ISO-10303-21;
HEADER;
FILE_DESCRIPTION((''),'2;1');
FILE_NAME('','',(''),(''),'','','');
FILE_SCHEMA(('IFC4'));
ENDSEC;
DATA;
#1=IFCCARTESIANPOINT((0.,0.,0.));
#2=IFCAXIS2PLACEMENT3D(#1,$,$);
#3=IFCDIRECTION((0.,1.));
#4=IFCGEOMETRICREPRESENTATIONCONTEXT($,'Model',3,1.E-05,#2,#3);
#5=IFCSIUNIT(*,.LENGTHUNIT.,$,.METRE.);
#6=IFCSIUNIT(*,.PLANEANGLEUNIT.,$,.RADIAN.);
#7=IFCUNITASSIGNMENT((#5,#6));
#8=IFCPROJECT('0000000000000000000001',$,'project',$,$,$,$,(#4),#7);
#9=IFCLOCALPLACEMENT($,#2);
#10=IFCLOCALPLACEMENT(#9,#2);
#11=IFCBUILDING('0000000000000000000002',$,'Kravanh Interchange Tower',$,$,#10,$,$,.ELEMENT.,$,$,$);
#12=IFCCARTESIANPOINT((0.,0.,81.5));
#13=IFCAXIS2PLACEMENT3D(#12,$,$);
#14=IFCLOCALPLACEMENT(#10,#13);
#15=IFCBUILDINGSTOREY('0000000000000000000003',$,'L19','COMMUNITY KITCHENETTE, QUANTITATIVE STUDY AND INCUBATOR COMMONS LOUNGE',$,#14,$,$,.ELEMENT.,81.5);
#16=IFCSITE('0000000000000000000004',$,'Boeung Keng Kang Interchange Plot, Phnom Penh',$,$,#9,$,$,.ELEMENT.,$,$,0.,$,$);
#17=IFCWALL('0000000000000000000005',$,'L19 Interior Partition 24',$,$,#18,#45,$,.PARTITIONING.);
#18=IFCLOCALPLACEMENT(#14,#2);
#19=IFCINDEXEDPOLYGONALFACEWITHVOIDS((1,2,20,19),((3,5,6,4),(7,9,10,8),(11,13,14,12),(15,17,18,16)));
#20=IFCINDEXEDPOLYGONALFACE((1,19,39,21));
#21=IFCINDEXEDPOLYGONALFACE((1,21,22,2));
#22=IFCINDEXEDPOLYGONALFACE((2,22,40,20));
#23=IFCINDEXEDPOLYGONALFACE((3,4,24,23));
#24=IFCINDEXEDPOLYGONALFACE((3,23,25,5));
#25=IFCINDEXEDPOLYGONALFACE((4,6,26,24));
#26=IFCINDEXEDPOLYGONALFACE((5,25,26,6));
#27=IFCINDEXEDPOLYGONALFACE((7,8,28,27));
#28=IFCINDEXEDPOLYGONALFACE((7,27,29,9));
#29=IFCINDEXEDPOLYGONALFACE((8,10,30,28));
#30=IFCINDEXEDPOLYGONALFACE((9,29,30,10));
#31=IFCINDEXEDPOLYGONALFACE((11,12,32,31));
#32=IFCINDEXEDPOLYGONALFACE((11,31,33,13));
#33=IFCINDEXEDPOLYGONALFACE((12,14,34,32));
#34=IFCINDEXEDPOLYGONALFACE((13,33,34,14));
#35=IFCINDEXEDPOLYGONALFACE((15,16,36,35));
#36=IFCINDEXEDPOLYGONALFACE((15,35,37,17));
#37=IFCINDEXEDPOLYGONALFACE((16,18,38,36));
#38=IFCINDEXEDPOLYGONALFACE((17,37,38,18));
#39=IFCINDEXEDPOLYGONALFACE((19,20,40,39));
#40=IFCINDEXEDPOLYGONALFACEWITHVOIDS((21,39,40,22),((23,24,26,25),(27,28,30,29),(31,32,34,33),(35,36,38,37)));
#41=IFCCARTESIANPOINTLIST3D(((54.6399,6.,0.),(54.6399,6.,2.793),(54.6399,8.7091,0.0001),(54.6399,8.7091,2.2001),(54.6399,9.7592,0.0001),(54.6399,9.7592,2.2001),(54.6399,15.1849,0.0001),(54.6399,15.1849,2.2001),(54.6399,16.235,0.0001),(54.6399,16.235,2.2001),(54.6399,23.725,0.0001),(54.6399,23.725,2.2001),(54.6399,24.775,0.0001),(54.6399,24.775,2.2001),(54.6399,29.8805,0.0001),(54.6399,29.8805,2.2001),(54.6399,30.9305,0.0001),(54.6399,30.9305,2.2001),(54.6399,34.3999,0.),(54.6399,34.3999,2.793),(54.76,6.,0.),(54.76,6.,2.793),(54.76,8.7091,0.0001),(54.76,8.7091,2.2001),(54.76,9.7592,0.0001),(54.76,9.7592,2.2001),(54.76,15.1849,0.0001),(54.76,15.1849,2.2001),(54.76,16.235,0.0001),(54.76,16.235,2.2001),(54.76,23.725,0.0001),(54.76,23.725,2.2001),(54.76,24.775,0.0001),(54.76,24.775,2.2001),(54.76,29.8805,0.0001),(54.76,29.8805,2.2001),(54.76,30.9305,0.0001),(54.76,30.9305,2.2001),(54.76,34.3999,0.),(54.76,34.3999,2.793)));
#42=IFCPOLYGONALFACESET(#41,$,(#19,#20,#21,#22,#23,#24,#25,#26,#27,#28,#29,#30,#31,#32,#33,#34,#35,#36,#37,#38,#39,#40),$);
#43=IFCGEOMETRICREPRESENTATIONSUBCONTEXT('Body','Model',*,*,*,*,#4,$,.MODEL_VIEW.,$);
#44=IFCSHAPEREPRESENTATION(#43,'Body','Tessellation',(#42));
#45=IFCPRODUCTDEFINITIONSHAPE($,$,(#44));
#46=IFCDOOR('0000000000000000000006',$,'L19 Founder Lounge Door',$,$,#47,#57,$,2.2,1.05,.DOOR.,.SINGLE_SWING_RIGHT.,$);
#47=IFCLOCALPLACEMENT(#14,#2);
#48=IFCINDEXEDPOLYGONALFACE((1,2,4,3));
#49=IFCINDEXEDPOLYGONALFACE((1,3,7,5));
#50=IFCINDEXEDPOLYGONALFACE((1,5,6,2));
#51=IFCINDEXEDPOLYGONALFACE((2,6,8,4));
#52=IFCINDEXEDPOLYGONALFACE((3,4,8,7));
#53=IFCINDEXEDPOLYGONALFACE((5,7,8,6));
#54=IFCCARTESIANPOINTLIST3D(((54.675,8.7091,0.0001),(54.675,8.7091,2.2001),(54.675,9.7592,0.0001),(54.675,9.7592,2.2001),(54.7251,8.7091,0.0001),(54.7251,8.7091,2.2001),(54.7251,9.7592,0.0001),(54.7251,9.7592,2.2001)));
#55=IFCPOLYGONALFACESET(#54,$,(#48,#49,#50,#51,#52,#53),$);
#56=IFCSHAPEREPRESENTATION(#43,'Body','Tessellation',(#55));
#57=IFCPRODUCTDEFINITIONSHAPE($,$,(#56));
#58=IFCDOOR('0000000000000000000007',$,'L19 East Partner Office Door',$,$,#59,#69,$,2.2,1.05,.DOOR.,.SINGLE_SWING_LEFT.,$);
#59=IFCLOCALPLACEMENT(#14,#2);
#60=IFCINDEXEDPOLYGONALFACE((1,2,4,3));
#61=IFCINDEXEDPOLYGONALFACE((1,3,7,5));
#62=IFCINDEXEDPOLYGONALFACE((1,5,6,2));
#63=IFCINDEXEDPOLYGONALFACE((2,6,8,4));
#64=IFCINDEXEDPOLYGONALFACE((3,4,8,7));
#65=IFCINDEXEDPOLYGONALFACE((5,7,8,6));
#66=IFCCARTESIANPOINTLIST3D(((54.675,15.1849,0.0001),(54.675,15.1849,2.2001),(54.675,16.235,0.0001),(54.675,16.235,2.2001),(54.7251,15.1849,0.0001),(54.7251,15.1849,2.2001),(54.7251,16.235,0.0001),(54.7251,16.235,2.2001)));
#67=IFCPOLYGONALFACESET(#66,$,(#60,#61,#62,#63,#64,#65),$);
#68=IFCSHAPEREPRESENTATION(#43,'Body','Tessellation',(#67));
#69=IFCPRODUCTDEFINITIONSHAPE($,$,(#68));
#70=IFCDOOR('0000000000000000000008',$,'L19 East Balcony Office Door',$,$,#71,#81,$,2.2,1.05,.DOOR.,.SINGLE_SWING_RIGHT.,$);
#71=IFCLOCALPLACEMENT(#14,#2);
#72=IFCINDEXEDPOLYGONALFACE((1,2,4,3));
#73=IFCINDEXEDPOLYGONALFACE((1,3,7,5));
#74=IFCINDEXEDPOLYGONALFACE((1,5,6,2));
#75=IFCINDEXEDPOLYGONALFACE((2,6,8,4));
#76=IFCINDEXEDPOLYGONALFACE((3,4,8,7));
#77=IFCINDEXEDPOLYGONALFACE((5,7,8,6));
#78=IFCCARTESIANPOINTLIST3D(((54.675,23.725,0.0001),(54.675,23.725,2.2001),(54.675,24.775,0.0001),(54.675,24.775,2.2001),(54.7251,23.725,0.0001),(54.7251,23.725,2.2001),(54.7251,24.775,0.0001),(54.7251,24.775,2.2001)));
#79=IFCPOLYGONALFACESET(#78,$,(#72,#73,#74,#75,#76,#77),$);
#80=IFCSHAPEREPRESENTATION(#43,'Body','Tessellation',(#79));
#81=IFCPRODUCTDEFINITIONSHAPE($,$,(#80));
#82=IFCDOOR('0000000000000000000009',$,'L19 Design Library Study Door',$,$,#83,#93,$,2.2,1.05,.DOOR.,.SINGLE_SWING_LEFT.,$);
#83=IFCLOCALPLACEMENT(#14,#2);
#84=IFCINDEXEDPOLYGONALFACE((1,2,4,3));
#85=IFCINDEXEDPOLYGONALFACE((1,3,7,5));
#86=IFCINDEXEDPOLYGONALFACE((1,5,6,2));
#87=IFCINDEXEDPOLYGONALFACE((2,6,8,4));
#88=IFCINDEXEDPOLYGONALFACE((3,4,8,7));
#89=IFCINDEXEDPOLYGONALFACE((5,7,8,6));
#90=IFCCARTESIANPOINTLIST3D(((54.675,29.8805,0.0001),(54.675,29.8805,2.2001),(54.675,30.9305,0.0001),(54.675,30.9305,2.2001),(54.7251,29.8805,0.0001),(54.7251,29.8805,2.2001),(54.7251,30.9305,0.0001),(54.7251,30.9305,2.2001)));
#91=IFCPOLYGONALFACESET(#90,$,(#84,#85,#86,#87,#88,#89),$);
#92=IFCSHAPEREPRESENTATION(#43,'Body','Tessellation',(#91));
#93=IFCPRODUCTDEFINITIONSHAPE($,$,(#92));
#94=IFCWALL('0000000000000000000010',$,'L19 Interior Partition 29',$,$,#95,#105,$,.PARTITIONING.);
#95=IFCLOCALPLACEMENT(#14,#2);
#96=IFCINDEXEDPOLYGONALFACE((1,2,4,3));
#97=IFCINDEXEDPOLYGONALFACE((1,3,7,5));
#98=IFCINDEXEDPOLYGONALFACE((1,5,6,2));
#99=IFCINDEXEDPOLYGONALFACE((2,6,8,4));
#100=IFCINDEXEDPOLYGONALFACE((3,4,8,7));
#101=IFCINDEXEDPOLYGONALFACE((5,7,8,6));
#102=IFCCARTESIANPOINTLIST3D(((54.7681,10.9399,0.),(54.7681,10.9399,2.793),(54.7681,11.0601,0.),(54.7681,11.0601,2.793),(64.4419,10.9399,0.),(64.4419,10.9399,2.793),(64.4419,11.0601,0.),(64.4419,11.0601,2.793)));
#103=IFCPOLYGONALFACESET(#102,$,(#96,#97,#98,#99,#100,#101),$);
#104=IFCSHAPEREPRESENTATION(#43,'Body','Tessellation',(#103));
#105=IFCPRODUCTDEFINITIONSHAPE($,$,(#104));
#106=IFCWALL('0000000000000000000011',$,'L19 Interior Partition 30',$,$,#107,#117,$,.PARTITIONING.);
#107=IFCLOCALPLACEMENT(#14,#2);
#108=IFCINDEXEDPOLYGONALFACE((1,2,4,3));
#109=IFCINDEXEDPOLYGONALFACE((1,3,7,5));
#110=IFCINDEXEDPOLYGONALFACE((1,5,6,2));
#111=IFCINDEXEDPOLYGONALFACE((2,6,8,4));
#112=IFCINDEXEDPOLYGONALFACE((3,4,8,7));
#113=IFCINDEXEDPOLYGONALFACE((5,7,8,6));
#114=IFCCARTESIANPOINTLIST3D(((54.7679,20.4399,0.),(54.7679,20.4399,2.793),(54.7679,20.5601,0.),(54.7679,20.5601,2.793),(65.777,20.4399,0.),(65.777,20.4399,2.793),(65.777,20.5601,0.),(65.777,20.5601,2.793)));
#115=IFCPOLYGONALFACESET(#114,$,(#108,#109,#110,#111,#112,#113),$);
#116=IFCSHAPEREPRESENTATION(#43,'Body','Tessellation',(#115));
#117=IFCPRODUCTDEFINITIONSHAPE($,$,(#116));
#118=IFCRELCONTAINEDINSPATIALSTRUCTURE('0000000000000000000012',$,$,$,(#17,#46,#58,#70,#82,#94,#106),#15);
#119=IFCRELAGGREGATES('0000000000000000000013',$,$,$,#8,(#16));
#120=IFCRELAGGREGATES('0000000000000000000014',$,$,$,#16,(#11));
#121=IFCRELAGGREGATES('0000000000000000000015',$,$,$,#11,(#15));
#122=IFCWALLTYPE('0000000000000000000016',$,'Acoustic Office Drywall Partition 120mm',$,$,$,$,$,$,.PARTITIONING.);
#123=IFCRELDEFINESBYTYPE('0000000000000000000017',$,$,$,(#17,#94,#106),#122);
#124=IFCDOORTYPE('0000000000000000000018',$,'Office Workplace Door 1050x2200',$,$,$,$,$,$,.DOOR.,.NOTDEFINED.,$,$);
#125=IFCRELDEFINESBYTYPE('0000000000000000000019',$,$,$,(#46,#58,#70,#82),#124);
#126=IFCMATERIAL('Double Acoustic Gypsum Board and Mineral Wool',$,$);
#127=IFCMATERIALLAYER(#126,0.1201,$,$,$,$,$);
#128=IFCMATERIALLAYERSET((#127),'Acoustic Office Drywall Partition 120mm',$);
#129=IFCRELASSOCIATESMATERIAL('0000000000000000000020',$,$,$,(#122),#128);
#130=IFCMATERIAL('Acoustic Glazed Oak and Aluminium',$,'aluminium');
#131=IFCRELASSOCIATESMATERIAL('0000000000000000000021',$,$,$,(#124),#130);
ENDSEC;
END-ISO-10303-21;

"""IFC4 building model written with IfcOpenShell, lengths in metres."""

from ifc_helpers import new_model, si_unit, direction, frame, frame_2d, origin, place, context, subcontext, project, spatial, rectangle, extrude, material, layer, layer_set, type_object, element, fill, save


model = new_model("IFC4")

# Units and contexts
model_context = context("Model", 3, precision=1e-05, world=origin(), true_north=direction((0.0, 1.0)))
body_context = subcontext(model_context, "Body", "Model", "MODEL_VIEW")
ifc_project = project(units=[si_unit("LENGTHUNIT", "METRE"), si_unit("PLANEANGLEUNIT", "RADIAN")], contexts=[model_context])

# Site, building, storey
site_placement = place(None, origin())
site = spatial("IfcSite", under=ifc_project, at=site_placement, Name="Boeung Keng Kang Interchange Plot, Phnom Penh", CompositionType="ELEMENT", RefElevation=0.0)
building_placement = place(site_placement, origin())
building = spatial("IfcBuilding", under=site, at=building_placement, Name="Kravanh Interchange Tower", CompositionType="ELEMENT")
storey_placement = place(building_placement, frame((0.0, 0.0, 81.5)))
storey = spatial("IfcBuildingStorey", under=building, at=storey_placement, Name="L19", Description="COMMUNITY KITCHENETTE, QUANTITATIVE STUDY AND INCUBATOR COMMONS LOUNGE", CompositionType="ELEMENT", Elevation=81.5)

# Wall, openings, doors
ifc_material_1 = material(Name="Double Acoustic Gypsum Board and Mineral Wool")
ifc_layer_1 = layer(ifc_material_1, 0.1201)
ifc_layer_set_1 = layer_set([ifc_layer_1], Name="Acoustic Office Drywall Partition 120mm")
wall_type = type_object("IfcWallType", Name="Acoustic Office Drywall Partition 120mm", PredefinedType="PARTITIONING", material=ifc_layer_set_1)
wall_1_placement = place(storey_placement, frame((54.7, 6.0, 0.0), z_axis=(0.0, 0.0, 1.0), x_axis=(0.0, 1.0, 0.0)))
wall_1 = element("IfcWall", 1, at=wall_1_placement, inside=storey, type_object=wall_type, Name="L19 Interior Partition 24", PredefinedType="PARTITIONING", context=body_context, shape_type="SweptSolid", body=[
    extrude(rectangle(XDim=28.3999, YDim=0.1201, at=frame_2d((14.2, 0.0))), origin(), (0.0, 0.0, 1.0), 2.793),
])
opening_1_placement = place(wall_1_placement, frame((2.7092, 0.0, 0.0)))
opening_1 = element("IfcOpeningElement", 2, at=opening_1_placement, cuts=wall_1, PredefinedType="OPENING", context=body_context, shape_type="SweptSolid", body=[
    extrude(rectangle(XDim=1.05, YDim=2.2, at=frame_2d((0.5249, 1.1001))), frame((0.0, 0.0701, 0.0), z_axis=(0.0, -1.0, 0.0), x_axis=(1.0, 0.0, 0.0)), (0.0, 0.0, 1.0), 0.1401),
])
opening_2_placement = place(wall_1_placement, frame((9.1851, 0.0, 0.0)))
opening_2 = element("IfcOpeningElement", 3, at=opening_2_placement, cuts=wall_1, PredefinedType="OPENING", context=body_context, shape_type="SweptSolid", body=[
    extrude(rectangle(XDim=1.05, YDim=2.2, at=frame_2d((0.5249, 1.1001))), frame((0.0, 0.0701, 0.0), z_axis=(0.0, -1.0, 0.0), x_axis=(1.0, 0.0, 0.0)), (0.0, 0.0, 1.0), 0.1401),
])
opening_3_placement = place(wall_1_placement, frame((17.7251, 0.0, 0.0)))
opening_3 = element("IfcOpeningElement", 4, at=opening_3_placement, cuts=wall_1, PredefinedType="OPENING", context=body_context, shape_type="SweptSolid", body=[
    extrude(rectangle(XDim=1.05, YDim=2.2, at=frame_2d((0.5249, 1.1001))), frame((0.0, 0.0701, 0.0), z_axis=(0.0, -1.0, 0.0), x_axis=(1.0, 0.0, 0.0)), (0.0, 0.0, 1.0), 0.1401),
])
opening_4_placement = place(wall_1_placement, frame((23.8806, 0.0, 0.0)))
opening_4 = element("IfcOpeningElement", 5, at=opening_4_placement, cuts=wall_1, PredefinedType="OPENING", context=body_context, shape_type="SweptSolid", body=[
    extrude(rectangle(XDim=1.05, YDim=2.2, at=frame_2d((0.5249, 1.1001))), frame((0.0, 0.0701, 0.0), z_axis=(0.0, -1.0, 0.0), x_axis=(1.0, 0.0, 0.0)), (0.0, 0.0, 1.0), 0.1401),
])
ifc_material_2 = material(Name="Acoustic Glazed Oak and Aluminium", Category="aluminium")
door_type = type_object("IfcDoorType", Name="Office Workplace Door 1050x2200", OperationType="NOTDEFINED", PredefinedType="DOOR", material=ifc_material_2)
door_1_placement = place(opening_1_placement, origin())
door_1 = element("IfcDoor", 6, at=door_1_placement, inside=storey, type_object=door_type, Name="L19 Founder Lounge Door", OperationType="SINGLE_SWING_RIGHT", OverallHeight=2.2, OverallWidth=1.05, PredefinedType="DOOR", context=body_context, shape_type="SweptSolid", body=[
    extrude(rectangle(XDim=1.05, YDim=2.2, at=frame_2d((0.5249, 1.1001))), frame((0.0, 0.0249, 0.0), z_axis=(0.0, -1.0, 0.0), x_axis=(1.0, 0.0, 0.0)), (0.0, 0.0, 1.0), 0.05),
])
fill(opening_1, door_1)
door_2_placement = place(opening_2_placement, origin())
door_2 = element("IfcDoor", 7, at=door_2_placement, inside=storey, type_object=door_type, Name="L19 East Partner Office Door", OperationType="SINGLE_SWING_LEFT", OverallHeight=2.2, OverallWidth=1.05, PredefinedType="DOOR", context=body_context, shape_type="SweptSolid", body=[
    extrude(rectangle(XDim=1.05, YDim=2.2, at=frame_2d((0.5249, 1.1001))), frame((0.0, 0.0249, 0.0), z_axis=(0.0, -1.0, 0.0), x_axis=(1.0, 0.0, 0.0)), (0.0, 0.0, 1.0), 0.05),
])
fill(opening_2, door_2)
door_3_placement = place(opening_3_placement, origin())
door_3 = element("IfcDoor", 8, at=door_3_placement, inside=storey, type_object=door_type, Name="L19 East Balcony Office Door", OperationType="SINGLE_SWING_RIGHT", OverallHeight=2.2, OverallWidth=1.05, PredefinedType="DOOR", context=body_context, shape_type="SweptSolid", body=[
    extrude(rectangle(XDim=1.05, YDim=2.2, at=frame_2d((0.5249, 1.1001))), frame((0.0, 0.0249, 0.0), z_axis=(0.0, -1.0, 0.0), x_axis=(1.0, 0.0, 0.0)), (0.0, 0.0, 1.0), 0.05),
])
fill(opening_3, door_3)
door_4_placement = place(opening_4_placement, origin())
door_4 = element("IfcDoor", 9, at=door_4_placement, inside=storey, type_object=door_type, Name="L19 Design Library Study Door", OperationType="SINGLE_SWING_LEFT", OverallHeight=2.2, OverallWidth=1.05, PredefinedType="DOOR", context=body_context, shape_type="SweptSolid", body=[
    extrude(rectangle(XDim=1.05, YDim=2.2, at=frame_2d((0.5249, 1.1001))), frame((0.0, 0.0249, 0.0), z_axis=(0.0, -1.0, 0.0), x_axis=(1.0, 0.0, 0.0)), (0.0, 0.0, 1.0), 0.05),
])
fill(opening_4, door_4)

# Walls
wall_2_placement = place(storey_placement, frame((54.7681, 11.0, 0.0), z_axis=(0.0, 0.0, 1.0), x_axis=(1.0, 0.0, 0.0)))
element("IfcWall", 10, at=wall_2_placement, inside=storey, type_object=wall_type, Name="L19 Interior Partition 29", PredefinedType="PARTITIONING", context=body_context, shape_type="SweptSolid", body=[
    extrude(rectangle(XDim=9.6738, YDim=0.1201, at=frame_2d((4.8369, 0.0))), origin(), (0.0, 0.0, 1.0), 2.793),
])
wall_3_placement = place(storey_placement, frame((54.7681, 20.5, 0.0), z_axis=(0.0, 0.0, 1.0), x_axis=(1.0, 0.0, 0.0)))
element("IfcWall", 11, at=wall_3_placement, inside=storey, type_object=wall_type, Name="L19 Interior Partition 30", PredefinedType="PARTITIONING", context=body_context, shape_type="SweptSolid", body=[
    extrude(rectangle(XDim=11.009, YDim=0.1201, at=frame_2d((5.5044, 0.0))), origin(), (0.0, 0.0, 1.0), 2.793),
])

save(model, "model.ifc")
